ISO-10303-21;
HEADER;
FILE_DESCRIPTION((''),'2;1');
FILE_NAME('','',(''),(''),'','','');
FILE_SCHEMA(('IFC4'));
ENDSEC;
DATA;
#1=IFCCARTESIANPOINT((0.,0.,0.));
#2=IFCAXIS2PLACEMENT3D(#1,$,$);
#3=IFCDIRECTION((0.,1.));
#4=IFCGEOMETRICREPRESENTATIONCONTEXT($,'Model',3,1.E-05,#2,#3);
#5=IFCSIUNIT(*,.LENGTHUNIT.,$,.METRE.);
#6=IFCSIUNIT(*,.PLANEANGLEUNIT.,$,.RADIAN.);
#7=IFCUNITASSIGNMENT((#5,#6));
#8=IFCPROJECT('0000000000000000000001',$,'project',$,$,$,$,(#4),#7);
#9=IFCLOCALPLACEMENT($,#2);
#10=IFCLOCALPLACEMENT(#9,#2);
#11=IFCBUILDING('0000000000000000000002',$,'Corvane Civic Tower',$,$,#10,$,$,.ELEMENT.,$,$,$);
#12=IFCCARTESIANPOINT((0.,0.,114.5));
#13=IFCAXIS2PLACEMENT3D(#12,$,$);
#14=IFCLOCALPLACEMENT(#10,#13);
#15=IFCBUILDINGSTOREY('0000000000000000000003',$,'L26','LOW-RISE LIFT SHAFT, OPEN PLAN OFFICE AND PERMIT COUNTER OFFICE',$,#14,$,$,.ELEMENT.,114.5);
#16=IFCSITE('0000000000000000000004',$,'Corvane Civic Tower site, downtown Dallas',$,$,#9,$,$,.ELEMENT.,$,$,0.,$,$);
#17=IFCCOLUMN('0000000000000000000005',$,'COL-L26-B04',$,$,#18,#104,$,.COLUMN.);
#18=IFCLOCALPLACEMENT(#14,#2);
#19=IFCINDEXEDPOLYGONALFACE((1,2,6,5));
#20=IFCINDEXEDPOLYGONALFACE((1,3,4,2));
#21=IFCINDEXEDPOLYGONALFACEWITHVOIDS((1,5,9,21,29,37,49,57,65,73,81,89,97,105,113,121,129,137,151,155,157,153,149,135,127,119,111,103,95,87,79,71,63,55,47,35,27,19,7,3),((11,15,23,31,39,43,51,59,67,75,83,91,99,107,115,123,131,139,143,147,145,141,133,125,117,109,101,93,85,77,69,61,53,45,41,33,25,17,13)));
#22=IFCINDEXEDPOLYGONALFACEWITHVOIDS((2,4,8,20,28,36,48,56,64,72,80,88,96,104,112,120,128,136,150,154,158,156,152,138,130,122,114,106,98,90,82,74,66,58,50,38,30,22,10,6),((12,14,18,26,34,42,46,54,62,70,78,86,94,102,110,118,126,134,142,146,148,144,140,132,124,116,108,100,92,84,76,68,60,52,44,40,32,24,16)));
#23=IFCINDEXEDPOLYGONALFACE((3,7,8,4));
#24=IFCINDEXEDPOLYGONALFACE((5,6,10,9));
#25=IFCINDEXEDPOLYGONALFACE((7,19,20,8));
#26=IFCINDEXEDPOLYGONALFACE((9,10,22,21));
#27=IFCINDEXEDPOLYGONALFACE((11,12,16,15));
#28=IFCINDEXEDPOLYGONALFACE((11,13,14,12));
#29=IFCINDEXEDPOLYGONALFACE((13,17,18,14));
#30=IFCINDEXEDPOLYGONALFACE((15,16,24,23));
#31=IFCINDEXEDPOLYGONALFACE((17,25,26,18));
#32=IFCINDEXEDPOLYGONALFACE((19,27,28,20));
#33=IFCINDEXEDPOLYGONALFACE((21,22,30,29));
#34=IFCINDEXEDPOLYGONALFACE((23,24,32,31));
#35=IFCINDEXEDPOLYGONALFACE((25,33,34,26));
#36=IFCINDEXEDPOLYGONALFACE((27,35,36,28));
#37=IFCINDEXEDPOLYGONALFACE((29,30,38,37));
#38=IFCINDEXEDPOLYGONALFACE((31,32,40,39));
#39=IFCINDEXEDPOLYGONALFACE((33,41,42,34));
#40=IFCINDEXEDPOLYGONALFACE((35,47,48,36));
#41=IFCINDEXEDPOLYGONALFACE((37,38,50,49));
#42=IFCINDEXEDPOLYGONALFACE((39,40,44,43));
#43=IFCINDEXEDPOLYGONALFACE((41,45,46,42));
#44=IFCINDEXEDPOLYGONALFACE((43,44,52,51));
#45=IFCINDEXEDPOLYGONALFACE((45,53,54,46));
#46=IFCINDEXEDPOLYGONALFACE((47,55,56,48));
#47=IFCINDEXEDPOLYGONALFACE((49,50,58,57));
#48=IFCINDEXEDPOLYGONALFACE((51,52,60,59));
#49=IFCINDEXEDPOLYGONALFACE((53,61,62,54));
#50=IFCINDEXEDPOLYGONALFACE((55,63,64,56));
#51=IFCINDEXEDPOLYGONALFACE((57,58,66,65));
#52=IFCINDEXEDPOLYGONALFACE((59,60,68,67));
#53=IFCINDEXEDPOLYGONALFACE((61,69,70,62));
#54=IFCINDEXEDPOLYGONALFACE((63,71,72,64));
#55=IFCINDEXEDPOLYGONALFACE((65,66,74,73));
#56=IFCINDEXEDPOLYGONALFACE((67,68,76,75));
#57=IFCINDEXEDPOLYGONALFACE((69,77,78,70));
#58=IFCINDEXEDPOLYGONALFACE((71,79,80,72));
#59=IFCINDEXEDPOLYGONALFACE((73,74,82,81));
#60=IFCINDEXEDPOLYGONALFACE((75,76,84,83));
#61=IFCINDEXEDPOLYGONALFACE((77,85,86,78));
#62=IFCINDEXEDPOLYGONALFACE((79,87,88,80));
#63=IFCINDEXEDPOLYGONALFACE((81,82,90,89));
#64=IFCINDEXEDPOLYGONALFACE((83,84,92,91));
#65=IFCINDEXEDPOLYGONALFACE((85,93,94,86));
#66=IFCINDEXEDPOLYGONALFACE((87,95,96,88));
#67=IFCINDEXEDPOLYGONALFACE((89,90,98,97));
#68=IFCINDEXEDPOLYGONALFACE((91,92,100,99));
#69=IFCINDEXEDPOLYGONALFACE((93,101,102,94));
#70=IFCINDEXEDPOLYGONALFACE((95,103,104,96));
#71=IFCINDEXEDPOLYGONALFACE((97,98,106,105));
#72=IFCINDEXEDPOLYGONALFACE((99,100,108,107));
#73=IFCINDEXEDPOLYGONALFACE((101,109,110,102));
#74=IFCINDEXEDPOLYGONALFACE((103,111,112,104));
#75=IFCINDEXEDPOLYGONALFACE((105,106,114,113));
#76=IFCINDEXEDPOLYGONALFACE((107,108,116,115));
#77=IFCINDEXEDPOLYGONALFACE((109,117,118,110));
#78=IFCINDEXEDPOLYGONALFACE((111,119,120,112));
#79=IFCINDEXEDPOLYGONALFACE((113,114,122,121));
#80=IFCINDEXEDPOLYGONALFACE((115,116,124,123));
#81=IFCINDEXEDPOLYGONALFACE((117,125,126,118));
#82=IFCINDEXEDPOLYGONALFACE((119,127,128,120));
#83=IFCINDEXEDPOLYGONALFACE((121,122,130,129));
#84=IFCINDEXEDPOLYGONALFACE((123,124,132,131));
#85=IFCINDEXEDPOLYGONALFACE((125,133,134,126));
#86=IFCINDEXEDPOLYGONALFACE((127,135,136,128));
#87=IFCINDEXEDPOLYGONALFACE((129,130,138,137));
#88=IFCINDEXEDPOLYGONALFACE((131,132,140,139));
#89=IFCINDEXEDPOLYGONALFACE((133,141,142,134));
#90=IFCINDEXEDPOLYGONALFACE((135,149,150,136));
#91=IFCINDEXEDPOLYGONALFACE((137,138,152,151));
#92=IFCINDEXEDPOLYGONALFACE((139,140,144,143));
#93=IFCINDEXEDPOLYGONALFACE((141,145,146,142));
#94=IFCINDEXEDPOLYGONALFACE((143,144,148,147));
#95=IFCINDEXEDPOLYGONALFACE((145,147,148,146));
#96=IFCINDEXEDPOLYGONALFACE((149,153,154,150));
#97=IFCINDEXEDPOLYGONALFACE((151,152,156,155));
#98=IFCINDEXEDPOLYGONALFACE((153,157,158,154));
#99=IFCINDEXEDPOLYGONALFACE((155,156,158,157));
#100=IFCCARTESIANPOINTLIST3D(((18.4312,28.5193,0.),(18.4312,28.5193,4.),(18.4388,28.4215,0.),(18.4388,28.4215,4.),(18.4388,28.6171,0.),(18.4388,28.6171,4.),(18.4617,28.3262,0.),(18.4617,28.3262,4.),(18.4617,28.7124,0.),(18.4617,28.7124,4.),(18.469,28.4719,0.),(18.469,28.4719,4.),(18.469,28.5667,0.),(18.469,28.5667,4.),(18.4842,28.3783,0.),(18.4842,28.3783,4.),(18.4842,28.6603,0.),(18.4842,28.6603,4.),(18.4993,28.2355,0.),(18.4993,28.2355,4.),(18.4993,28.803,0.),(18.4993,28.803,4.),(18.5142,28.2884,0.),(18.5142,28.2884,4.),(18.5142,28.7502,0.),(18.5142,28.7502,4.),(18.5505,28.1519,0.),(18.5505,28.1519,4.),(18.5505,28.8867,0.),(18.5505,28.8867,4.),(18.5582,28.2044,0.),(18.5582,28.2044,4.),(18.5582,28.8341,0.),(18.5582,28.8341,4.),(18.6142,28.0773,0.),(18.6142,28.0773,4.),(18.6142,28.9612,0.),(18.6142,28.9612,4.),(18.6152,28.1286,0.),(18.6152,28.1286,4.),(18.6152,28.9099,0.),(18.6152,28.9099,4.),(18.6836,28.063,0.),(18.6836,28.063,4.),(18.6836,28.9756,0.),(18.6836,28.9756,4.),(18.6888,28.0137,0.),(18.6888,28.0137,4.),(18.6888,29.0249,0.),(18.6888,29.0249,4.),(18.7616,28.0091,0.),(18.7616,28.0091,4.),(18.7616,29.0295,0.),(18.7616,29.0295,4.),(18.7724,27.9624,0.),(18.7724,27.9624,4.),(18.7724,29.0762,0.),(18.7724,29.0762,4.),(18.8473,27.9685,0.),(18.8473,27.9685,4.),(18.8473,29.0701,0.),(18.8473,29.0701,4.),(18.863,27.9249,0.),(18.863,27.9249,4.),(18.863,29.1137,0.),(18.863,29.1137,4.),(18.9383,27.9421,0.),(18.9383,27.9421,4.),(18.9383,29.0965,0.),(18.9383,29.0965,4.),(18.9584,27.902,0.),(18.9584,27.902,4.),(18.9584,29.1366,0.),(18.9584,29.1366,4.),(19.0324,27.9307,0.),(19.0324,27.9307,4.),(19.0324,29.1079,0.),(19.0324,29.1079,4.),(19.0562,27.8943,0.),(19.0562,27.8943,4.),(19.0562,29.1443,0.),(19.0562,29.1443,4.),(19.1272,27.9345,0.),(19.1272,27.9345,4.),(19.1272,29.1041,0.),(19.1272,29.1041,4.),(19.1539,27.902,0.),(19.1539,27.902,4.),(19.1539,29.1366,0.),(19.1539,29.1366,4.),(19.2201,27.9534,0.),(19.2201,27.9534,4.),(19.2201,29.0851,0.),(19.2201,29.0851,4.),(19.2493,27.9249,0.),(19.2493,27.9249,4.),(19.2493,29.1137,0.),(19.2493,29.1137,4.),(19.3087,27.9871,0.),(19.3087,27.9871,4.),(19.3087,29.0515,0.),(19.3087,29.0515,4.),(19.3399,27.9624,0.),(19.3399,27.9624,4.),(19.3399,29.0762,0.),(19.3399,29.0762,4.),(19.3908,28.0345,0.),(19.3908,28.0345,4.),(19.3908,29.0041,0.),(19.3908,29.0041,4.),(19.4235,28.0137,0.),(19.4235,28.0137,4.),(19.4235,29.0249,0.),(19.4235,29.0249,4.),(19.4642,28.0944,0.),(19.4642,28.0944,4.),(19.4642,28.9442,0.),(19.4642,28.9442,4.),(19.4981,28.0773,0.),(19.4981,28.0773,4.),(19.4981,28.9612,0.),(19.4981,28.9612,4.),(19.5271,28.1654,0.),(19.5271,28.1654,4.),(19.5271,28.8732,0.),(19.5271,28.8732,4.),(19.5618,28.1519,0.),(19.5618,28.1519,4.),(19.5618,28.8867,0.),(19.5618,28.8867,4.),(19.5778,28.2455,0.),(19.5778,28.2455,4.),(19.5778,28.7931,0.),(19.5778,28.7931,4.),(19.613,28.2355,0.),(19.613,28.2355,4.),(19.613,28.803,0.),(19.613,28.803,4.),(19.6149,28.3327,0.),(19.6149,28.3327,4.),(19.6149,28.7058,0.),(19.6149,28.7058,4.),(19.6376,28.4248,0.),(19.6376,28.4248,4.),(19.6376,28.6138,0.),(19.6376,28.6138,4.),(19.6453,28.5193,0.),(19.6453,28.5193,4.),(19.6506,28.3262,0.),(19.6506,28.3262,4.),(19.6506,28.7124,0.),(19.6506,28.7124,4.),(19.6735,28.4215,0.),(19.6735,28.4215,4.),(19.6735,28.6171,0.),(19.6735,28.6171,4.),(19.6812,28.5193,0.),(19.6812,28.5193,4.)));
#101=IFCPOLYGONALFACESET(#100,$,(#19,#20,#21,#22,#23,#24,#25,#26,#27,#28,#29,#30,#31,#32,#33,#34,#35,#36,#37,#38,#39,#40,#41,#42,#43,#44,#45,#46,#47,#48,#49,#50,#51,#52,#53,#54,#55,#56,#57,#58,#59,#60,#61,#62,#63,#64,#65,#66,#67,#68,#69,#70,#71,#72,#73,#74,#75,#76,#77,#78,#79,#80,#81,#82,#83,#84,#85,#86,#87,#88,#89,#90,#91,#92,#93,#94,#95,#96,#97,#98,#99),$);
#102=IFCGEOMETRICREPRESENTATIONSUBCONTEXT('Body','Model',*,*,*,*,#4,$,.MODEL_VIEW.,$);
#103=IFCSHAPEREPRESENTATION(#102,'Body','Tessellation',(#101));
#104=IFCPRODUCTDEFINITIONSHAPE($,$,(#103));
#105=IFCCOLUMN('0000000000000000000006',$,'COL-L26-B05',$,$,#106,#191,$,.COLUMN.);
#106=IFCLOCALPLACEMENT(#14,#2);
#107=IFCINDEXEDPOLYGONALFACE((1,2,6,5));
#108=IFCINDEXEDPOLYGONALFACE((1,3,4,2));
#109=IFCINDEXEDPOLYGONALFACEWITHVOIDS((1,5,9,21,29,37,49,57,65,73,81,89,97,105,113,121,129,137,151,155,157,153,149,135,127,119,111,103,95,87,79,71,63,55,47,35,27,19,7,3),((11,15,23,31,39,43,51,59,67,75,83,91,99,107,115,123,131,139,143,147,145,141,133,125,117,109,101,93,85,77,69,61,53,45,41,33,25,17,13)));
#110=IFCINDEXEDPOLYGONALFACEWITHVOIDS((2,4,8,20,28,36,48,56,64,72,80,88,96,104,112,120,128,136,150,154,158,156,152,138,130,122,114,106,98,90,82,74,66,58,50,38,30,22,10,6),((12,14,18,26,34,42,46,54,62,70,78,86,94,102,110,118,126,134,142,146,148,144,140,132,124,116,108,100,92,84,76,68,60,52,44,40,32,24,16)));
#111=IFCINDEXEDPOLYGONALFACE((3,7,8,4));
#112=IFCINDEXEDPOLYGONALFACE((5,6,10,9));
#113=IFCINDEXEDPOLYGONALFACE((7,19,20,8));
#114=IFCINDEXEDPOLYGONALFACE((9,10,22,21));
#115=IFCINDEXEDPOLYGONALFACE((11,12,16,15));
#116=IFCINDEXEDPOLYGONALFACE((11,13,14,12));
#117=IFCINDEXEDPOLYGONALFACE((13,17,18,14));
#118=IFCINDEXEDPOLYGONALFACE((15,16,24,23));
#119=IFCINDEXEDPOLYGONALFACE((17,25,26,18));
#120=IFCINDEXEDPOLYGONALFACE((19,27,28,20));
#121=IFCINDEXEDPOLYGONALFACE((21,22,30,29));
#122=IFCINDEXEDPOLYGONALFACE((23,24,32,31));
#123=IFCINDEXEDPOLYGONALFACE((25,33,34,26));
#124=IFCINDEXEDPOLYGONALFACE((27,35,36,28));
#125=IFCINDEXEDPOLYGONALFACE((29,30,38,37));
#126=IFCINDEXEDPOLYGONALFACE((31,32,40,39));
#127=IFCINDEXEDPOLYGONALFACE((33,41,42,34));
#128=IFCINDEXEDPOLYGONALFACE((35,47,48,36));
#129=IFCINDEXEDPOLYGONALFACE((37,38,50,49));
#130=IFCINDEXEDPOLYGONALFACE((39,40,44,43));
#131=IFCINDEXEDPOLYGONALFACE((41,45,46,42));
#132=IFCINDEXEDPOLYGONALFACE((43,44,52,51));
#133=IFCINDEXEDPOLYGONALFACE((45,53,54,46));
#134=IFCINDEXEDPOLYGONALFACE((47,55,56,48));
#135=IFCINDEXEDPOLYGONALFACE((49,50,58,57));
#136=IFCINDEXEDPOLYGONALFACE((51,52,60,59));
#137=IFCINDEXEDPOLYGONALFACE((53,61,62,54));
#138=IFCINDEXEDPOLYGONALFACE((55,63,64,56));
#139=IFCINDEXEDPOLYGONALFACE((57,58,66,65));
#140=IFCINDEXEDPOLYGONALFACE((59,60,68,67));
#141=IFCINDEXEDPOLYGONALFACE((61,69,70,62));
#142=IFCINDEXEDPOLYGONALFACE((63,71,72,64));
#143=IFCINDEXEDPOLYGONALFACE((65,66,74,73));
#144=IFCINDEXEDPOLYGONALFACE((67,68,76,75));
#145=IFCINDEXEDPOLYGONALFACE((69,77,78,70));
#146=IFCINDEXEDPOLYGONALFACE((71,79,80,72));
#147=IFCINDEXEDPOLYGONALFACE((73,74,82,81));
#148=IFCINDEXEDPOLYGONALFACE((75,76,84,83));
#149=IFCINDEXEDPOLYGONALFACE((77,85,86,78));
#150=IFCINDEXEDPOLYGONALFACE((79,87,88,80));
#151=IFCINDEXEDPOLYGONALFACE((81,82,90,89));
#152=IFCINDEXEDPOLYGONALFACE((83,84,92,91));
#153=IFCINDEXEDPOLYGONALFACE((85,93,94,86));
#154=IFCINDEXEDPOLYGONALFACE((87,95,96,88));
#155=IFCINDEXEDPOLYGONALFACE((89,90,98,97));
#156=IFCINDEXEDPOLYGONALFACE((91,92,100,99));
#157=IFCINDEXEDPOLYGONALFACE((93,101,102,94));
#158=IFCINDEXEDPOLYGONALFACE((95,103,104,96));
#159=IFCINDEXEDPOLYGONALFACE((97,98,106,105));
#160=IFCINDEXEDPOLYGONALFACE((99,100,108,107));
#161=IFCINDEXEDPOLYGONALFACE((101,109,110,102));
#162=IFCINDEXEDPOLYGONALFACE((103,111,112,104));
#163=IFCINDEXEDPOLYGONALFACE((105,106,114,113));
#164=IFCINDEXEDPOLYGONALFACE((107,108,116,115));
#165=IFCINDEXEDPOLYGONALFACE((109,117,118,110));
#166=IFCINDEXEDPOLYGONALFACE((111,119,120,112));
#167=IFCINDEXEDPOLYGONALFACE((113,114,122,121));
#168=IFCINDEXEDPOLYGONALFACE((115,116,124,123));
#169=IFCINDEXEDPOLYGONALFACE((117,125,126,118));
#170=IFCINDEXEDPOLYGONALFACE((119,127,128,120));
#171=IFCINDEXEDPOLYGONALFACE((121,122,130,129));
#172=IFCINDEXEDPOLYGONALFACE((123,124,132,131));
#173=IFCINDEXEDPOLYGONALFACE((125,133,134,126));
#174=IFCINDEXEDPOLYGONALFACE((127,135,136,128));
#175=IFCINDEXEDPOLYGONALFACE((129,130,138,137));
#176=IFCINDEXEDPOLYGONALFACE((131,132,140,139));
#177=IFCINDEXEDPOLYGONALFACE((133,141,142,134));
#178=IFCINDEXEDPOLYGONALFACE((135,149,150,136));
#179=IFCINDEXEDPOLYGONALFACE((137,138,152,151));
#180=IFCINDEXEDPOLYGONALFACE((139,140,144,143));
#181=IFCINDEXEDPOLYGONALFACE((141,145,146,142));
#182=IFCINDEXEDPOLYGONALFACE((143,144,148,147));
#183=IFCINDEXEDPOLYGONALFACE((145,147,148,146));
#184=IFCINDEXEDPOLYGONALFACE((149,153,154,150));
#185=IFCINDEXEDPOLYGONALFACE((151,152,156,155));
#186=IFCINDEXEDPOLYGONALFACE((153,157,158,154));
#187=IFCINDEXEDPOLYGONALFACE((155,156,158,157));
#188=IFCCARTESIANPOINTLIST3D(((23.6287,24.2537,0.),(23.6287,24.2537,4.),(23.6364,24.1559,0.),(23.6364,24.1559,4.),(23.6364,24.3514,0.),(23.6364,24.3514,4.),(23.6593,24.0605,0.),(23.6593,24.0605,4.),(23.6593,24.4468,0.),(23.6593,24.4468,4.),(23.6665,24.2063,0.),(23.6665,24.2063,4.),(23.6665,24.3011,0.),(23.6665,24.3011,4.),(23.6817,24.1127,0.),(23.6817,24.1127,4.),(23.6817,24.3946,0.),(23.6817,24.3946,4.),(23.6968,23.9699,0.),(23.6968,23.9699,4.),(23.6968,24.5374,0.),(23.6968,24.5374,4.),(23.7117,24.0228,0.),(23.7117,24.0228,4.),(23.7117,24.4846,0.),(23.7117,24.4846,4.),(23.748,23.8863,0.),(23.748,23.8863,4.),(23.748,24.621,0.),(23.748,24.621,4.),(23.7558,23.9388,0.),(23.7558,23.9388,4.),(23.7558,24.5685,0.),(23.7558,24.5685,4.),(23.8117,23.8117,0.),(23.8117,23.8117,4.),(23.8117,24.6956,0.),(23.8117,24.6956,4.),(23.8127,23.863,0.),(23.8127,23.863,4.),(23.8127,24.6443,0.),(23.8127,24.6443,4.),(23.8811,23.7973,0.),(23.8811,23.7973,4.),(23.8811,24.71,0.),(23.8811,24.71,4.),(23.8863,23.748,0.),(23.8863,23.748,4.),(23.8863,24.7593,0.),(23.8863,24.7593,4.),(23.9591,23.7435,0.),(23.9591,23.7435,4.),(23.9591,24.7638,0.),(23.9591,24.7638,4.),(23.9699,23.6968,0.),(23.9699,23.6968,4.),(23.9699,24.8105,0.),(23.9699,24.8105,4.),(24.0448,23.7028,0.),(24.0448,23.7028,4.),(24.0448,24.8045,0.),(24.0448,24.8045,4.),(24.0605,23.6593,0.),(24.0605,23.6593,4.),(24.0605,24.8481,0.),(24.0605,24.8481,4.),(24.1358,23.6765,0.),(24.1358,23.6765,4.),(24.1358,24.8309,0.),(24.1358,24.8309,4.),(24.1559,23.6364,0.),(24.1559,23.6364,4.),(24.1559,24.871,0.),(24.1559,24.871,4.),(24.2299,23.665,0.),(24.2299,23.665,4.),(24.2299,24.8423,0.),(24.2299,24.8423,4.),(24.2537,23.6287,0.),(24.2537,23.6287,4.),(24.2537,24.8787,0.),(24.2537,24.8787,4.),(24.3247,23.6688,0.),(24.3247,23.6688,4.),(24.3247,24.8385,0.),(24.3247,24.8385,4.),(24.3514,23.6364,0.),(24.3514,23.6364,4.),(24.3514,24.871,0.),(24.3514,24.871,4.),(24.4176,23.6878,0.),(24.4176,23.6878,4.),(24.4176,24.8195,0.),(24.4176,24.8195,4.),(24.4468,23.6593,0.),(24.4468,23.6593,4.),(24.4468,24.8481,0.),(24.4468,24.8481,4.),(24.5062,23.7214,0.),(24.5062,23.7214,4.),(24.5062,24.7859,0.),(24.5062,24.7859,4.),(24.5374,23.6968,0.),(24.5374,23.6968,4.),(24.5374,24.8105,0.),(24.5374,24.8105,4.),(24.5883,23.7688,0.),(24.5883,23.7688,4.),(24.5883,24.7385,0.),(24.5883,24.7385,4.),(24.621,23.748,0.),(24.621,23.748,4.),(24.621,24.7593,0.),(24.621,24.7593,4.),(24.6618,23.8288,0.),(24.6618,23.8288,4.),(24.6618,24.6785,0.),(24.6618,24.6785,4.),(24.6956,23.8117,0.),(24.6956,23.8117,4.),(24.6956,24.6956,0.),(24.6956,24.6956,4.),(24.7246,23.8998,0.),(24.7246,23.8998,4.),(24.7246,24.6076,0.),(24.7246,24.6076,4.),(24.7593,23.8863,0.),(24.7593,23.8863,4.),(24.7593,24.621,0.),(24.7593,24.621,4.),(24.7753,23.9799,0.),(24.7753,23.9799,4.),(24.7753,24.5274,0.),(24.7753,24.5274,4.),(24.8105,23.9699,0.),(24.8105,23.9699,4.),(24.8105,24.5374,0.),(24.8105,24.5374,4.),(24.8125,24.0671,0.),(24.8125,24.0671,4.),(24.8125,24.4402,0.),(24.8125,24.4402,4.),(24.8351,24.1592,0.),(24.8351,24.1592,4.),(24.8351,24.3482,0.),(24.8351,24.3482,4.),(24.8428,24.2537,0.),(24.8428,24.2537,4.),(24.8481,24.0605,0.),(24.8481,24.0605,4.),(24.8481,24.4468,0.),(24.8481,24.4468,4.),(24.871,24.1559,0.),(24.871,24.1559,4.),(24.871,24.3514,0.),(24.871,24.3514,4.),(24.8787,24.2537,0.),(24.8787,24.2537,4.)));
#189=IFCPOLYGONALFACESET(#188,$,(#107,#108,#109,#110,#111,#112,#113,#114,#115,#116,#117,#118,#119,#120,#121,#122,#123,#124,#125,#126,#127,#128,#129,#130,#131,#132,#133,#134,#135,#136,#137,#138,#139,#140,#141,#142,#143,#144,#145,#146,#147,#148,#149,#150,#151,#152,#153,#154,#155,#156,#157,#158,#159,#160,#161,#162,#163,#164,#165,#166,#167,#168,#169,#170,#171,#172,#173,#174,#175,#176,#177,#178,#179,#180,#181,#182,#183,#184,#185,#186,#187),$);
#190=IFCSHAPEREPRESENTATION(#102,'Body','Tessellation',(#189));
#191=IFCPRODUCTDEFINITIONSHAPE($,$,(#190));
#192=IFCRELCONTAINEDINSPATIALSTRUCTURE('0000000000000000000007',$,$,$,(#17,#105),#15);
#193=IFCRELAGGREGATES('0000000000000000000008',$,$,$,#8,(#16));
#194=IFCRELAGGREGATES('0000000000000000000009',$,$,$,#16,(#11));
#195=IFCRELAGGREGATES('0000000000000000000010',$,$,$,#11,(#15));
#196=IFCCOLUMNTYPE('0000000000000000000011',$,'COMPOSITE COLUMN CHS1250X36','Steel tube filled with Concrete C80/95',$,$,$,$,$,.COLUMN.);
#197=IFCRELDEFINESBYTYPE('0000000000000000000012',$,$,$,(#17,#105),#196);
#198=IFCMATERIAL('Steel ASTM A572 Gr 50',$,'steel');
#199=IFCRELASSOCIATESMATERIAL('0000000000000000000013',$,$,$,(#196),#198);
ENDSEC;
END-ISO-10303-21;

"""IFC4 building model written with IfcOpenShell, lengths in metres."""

from ifc_helpers import new_model, si_unit, direction, frame, origin, origin_2d, place, context, subcontext, project, spatial, hollow_circle, extrude, material, material_profile, profile_set, type_object, element, save


model = new_model("IFC4")

# Units and contexts
model_context = context("Model", 3, precision=1e-05, world=origin(), true_north=direction((0.0, 1.0)))
body_context = subcontext(model_context, "Body", "Model", "MODEL_VIEW")
ifc_project = project(units=[si_unit("LENGTHUNIT", "METRE"), si_unit("PLANEANGLEUNIT", "RADIAN")], contexts=[model_context])

# Site, building, storey
site_placement = place(None, origin())
site = spatial("IfcSite", under=ifc_project, at=site_placement, Name="Corvane Civic Tower site, downtown Dallas", CompositionType="ELEMENT", RefElevation=0.0)
building_placement = place(site_placement, origin())
building = spatial("IfcBuilding", under=site, at=building_placement, Name="Corvane Civic Tower", CompositionType="ELEMENT")
storey_placement = place(building_placement, frame((0.0, 0.0, 114.5)))
storey = spatial("IfcBuildingStorey", under=building, at=storey_placement, Name="L26", Description="LOW-RISE LIFT SHAFT, OPEN PLAN OFFICE AND PERMIT COUNTER OFFICE", CompositionType="ELEMENT", Elevation=114.5)

# Columns
ifc_material_1 = material(Name="Steel ASTM A572 Gr 50", Category="steel")
ifc_material_profile_1 = material_profile(ifc_material_1, hollow_circle(Radius=0.625, WallThickness=0.0359, at=origin_2d()), Name="CHS1250X36")
ifc_profile_set_1 = profile_set([ifc_material_profile_1], Name="Steel ASTM A572 Gr 50")
column_type = type_object("IfcColumnType", Name="COMPOSITE COLUMN CHS1250X36", Description="Steel tube filled with Concrete C80/95", PredefinedType="COLUMN", material=ifc_profile_set_1)
for number, where, z_axis, x_axis, name in (
    (1, (19.0562, 28.5193, 0.0), (0.0, 0.0, 1.0), (1.0, 0.0, 0.0), "COL-L26-B04"),
    (2, (24.2537, 24.2537, 0.0), (0.0, 0.0, 1.0), (1.0, 0.0, 0.0), "COL-L26-B05"),
):
    element("IfcColumn", number, at=place(storey_placement, frame(where, z_axis=z_axis, x_axis=x_axis)), inside=storey, type_object=column_type, Name=name, PredefinedType="COLUMN", context=body_context, shape_type="SweptSolid", body=[
        extrude(hollow_circle(Radius=0.625, WallThickness=0.0359, at=origin_2d()), origin(), (0.0, 0.0, 1.0), 4.0),
    ])

save(model, "model.ifc")
